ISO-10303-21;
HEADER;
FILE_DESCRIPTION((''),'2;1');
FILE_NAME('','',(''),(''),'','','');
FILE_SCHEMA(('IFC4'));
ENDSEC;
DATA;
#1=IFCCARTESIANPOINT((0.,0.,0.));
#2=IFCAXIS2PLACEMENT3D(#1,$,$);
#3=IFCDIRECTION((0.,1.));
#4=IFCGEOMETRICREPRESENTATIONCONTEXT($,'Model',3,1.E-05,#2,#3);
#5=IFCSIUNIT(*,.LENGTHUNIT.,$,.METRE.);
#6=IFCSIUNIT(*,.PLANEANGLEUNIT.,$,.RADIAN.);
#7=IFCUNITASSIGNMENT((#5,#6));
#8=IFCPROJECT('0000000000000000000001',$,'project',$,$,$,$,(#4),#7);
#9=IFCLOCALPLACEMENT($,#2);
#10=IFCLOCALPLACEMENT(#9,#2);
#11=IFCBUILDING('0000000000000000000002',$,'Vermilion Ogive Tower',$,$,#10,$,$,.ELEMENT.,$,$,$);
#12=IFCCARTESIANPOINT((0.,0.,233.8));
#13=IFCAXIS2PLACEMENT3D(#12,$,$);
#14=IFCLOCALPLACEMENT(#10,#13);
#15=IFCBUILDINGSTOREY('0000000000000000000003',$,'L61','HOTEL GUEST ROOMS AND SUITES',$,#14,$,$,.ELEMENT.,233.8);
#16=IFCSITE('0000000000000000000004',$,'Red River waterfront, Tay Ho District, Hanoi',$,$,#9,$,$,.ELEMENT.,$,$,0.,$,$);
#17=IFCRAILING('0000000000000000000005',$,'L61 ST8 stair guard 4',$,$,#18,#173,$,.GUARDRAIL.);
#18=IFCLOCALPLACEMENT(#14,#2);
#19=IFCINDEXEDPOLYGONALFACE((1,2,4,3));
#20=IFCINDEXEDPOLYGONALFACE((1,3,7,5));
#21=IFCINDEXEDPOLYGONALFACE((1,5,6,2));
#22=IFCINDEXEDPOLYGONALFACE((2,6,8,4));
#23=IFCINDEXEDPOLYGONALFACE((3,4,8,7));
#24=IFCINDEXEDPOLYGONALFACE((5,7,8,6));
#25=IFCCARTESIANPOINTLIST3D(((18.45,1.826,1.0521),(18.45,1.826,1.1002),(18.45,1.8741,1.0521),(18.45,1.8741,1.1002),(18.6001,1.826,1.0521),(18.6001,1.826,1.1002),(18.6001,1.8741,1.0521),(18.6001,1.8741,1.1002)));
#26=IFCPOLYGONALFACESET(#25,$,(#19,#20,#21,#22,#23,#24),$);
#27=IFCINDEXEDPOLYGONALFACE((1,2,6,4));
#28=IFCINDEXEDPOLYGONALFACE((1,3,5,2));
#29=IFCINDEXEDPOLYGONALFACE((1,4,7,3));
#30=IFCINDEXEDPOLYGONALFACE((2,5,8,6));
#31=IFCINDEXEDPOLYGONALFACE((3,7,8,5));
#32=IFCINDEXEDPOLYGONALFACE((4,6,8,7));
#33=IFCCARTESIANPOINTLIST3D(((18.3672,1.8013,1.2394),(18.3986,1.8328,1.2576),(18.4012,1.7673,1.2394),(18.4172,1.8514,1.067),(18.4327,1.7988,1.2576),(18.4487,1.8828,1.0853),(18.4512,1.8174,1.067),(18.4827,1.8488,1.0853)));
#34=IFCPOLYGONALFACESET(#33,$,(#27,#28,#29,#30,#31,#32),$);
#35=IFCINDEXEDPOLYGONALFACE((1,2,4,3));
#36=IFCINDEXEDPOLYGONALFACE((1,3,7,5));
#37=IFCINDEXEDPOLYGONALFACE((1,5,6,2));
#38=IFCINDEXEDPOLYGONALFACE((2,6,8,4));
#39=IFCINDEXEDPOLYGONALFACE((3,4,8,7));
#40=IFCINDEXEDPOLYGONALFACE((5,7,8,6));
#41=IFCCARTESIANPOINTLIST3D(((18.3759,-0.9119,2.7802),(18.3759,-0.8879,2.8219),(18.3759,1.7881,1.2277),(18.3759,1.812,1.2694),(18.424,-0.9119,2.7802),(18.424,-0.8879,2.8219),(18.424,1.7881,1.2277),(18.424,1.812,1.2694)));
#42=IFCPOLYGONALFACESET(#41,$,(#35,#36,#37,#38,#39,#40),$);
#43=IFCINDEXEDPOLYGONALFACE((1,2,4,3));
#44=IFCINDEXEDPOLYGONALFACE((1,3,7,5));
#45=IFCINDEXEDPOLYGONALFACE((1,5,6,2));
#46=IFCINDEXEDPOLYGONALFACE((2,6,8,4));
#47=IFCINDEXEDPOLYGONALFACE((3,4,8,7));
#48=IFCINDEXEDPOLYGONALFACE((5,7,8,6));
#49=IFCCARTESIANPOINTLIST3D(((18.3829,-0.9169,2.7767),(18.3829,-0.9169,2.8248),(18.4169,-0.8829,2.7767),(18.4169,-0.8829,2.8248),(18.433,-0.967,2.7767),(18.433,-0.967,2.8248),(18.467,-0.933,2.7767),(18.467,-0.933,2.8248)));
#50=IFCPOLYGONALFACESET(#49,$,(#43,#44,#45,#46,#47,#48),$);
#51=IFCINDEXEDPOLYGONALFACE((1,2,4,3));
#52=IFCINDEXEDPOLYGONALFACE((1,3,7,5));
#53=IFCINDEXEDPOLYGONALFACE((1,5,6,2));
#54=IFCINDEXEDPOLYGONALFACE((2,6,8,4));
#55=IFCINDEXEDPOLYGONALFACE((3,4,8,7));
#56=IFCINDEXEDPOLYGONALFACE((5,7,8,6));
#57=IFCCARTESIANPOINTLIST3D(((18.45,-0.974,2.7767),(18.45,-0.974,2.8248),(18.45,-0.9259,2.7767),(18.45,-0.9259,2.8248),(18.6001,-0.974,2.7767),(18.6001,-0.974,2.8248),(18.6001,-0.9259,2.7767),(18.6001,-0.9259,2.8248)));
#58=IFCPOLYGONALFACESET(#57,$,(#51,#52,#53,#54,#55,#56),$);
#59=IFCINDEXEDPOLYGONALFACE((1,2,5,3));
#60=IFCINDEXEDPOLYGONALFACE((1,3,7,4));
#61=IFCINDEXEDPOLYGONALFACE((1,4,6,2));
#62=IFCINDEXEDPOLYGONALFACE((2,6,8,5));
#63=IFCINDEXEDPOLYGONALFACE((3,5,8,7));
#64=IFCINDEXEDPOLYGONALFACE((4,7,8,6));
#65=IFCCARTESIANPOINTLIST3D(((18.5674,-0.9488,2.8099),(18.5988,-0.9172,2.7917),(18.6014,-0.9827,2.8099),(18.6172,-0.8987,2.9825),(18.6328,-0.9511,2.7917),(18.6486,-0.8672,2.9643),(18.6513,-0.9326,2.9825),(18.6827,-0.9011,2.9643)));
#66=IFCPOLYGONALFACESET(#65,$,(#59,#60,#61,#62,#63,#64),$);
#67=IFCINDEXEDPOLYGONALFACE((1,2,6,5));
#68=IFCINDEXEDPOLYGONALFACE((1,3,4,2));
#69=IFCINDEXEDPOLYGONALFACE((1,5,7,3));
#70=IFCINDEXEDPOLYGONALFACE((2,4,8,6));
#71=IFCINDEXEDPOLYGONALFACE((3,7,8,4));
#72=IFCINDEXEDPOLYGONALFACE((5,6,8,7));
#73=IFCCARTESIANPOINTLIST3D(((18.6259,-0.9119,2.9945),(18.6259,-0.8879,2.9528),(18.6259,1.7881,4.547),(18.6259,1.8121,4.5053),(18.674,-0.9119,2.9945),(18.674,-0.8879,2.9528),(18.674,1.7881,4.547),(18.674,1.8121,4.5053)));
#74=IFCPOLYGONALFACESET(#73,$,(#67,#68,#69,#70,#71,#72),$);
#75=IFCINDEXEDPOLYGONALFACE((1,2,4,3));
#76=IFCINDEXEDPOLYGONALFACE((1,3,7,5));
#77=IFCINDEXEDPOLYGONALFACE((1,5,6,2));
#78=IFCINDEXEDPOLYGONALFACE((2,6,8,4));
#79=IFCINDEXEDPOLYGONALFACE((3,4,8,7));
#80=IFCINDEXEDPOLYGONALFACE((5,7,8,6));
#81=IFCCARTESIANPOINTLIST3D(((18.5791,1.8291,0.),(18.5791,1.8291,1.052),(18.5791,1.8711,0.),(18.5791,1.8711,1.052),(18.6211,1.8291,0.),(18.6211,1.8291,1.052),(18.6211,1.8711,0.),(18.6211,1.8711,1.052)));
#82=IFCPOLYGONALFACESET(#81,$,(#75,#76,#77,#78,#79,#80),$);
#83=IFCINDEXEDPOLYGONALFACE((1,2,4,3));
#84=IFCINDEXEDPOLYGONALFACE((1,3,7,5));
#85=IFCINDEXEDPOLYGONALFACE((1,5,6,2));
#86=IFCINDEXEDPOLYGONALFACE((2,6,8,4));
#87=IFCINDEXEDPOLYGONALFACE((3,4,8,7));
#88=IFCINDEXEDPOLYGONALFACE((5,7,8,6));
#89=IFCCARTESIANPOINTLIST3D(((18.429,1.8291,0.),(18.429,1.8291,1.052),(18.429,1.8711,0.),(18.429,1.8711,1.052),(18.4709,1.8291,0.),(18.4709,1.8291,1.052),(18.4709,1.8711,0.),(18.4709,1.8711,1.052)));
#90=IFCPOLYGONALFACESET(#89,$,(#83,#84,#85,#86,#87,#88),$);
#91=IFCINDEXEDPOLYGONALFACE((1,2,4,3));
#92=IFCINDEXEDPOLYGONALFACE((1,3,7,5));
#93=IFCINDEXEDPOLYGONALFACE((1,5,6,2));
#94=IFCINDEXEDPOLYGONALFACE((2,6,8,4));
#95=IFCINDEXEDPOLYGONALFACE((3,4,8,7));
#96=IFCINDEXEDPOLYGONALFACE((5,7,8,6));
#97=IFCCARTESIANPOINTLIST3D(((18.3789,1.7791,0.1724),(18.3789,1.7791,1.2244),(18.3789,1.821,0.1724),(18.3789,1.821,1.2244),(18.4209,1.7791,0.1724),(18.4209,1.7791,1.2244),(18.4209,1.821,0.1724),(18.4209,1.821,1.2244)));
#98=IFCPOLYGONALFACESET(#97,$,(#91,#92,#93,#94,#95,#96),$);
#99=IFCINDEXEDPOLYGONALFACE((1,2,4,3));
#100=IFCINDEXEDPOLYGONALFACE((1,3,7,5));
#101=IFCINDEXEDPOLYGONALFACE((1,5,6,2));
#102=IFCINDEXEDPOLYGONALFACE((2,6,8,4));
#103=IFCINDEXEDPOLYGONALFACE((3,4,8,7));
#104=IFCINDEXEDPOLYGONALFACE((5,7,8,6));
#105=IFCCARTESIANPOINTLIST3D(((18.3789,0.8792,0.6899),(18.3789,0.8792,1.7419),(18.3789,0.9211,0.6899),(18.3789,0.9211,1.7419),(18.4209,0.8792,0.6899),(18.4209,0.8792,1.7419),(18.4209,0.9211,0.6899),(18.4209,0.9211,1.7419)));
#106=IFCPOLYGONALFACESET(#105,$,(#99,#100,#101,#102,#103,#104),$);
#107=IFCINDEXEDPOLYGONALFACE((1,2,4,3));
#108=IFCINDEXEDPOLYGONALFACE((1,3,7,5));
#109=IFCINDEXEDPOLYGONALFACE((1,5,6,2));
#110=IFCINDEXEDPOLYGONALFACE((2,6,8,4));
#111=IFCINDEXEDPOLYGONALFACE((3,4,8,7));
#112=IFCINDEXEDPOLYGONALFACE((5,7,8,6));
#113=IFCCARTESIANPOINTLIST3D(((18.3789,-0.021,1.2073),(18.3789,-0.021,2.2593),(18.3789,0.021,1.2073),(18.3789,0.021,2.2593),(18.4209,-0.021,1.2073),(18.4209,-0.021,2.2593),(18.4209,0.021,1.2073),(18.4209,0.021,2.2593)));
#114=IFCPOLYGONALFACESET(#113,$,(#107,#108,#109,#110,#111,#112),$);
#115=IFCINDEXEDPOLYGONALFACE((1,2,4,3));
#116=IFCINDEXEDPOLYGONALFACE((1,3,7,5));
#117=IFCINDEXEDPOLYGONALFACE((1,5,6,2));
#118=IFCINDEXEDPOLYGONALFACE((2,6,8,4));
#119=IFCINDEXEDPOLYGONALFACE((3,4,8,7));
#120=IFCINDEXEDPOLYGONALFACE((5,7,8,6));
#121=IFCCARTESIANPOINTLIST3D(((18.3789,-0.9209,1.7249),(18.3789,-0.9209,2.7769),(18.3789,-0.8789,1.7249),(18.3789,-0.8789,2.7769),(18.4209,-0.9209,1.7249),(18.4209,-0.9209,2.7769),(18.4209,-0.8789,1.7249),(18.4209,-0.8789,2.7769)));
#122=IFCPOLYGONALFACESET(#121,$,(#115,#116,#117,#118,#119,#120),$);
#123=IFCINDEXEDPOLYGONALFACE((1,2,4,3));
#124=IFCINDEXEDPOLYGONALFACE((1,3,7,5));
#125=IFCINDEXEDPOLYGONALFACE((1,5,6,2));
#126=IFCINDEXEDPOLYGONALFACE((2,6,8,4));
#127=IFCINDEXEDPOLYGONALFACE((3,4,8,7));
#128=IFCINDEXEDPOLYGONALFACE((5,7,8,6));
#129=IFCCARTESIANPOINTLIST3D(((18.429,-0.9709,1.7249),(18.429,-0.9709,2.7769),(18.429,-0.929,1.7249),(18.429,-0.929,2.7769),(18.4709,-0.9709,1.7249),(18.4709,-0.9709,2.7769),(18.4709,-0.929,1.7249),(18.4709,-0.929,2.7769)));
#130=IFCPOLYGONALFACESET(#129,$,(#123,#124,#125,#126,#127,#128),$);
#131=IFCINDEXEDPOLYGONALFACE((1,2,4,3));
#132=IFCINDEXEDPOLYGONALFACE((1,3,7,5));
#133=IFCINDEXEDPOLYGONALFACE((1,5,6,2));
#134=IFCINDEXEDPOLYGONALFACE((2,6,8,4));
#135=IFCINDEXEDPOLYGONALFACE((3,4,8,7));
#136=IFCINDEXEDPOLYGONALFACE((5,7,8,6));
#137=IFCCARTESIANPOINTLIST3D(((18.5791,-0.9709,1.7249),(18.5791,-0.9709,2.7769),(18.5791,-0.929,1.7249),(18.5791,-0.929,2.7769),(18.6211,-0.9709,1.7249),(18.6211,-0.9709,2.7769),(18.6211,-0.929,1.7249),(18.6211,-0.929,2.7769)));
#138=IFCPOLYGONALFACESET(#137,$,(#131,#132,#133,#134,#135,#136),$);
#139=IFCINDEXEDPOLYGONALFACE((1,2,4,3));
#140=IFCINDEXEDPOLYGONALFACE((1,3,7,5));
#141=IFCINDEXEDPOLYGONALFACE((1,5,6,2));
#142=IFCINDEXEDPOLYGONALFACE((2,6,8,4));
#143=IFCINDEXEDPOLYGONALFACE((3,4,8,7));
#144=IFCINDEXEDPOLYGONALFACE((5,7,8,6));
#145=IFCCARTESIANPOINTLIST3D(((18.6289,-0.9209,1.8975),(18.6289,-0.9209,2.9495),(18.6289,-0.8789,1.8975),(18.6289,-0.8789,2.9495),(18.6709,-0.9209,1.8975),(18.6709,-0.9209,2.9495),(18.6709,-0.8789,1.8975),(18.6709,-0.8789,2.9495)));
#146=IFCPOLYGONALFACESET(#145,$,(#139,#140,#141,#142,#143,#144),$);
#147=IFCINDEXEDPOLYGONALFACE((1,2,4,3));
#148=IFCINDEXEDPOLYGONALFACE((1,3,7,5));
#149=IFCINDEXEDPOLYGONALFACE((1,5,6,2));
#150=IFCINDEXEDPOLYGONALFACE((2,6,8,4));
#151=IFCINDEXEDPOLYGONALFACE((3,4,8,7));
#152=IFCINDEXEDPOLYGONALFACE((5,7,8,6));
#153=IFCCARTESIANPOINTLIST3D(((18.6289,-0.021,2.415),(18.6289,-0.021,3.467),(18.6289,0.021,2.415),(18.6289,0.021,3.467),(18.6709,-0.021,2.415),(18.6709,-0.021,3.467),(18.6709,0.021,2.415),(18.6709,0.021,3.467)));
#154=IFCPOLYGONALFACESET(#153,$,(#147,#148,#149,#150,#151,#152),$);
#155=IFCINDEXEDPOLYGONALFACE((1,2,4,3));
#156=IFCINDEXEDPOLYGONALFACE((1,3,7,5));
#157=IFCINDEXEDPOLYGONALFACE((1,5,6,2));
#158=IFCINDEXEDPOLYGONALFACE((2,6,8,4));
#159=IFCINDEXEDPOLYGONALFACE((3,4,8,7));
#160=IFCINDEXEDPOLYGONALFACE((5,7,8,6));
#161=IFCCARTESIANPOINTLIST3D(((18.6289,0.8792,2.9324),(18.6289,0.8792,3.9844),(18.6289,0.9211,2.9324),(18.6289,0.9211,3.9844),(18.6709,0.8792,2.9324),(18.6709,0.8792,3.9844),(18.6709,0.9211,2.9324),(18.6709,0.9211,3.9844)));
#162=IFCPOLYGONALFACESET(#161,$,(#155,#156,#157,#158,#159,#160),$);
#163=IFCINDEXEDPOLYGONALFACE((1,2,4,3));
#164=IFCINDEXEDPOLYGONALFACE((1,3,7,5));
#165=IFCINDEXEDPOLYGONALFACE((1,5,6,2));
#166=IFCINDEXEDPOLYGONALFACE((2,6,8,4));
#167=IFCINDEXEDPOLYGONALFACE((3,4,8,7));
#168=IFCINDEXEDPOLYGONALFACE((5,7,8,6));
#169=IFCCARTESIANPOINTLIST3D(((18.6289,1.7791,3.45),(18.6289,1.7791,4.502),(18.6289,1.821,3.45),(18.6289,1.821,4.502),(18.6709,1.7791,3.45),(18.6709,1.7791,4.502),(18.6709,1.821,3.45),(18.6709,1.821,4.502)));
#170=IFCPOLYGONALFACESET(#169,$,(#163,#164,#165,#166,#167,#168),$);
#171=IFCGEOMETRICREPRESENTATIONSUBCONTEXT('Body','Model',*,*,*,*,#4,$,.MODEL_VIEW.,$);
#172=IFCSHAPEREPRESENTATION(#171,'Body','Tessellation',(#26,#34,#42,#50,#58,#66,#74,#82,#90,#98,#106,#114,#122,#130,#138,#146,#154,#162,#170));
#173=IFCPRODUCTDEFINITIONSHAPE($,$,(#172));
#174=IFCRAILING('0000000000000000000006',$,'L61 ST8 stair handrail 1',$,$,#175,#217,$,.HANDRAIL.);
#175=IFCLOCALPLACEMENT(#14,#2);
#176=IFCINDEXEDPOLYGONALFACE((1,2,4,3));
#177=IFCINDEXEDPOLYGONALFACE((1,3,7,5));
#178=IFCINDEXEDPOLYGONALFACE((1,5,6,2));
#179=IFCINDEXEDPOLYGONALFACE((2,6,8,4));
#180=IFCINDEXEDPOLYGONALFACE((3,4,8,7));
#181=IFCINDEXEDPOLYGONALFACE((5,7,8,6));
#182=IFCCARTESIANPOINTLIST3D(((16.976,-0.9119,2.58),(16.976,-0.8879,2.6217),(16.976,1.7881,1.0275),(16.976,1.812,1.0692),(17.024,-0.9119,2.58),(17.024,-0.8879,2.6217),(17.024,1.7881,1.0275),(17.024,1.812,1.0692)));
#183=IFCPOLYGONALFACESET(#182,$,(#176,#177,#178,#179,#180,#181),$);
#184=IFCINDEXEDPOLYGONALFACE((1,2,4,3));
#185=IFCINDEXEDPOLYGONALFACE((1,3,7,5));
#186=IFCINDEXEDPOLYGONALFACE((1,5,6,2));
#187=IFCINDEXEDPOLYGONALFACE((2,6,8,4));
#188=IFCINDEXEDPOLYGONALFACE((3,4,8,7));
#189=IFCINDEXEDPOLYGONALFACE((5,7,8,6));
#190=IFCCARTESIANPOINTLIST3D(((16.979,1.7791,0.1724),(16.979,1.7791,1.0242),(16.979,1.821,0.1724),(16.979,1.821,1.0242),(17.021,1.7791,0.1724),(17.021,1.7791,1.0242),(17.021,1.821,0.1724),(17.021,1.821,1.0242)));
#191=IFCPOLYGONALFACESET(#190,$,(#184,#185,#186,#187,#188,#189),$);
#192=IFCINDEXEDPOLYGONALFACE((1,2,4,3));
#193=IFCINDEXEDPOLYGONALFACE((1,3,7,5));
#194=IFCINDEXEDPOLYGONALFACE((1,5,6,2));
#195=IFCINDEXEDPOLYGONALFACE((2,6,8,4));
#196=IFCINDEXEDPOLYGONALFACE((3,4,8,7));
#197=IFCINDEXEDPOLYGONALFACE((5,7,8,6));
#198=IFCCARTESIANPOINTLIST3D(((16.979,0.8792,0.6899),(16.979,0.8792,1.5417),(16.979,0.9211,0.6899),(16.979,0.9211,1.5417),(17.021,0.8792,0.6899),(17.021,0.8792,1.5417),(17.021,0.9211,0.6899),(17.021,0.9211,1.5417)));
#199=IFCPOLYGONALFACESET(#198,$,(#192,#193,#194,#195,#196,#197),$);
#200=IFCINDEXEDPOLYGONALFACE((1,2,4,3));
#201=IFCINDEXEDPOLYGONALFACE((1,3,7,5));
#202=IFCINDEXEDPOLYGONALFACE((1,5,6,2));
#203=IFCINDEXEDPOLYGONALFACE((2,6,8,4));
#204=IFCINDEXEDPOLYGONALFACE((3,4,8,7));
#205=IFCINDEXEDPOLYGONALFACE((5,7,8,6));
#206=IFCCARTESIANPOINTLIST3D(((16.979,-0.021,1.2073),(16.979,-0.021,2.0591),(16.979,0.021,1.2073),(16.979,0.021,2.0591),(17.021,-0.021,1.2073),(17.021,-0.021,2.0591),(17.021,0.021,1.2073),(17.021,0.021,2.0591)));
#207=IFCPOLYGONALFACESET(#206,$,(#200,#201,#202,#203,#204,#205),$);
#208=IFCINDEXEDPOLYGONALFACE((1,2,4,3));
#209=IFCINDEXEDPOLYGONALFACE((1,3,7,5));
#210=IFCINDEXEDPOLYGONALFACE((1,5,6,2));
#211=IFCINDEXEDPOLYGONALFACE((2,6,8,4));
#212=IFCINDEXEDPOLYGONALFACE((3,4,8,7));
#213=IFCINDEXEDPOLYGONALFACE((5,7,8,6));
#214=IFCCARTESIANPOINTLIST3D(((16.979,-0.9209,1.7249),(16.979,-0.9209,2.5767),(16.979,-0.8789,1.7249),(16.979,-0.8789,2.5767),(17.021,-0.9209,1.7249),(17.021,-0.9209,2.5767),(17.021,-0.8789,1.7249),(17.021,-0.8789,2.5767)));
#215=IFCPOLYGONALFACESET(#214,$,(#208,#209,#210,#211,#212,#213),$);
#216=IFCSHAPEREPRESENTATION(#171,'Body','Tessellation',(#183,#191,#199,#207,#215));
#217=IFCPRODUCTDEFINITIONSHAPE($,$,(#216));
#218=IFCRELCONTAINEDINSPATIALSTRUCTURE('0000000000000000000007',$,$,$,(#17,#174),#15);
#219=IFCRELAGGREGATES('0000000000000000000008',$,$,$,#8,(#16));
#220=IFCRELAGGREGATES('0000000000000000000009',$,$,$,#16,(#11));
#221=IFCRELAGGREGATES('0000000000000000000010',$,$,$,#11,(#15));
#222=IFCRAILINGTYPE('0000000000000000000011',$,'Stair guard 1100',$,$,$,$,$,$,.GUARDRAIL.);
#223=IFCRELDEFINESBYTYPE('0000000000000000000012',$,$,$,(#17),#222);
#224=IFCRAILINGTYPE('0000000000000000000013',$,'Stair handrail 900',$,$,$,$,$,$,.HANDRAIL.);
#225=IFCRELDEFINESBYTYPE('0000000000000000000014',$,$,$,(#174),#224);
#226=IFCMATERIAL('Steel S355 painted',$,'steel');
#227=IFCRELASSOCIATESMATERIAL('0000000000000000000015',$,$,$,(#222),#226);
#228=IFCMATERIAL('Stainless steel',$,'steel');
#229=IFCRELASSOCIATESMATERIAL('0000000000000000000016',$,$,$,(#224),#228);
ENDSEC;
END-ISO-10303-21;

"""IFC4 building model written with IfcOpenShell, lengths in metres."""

from ifc_helpers import new_model, si_unit, direction, frame, origin, origin_2d, place, context, subcontext, project, spatial, rectangle, extrude, material, type_object, element, save


model = new_model("IFC4")

# Units and contexts
model_context = context("Model", 3, precision=1e-05, world=origin(), true_north=direction((0.0, 1.0)))
body_context = subcontext(model_context, "Body", "Model", "MODEL_VIEW")
ifc_project = project(units=[si_unit("LENGTHUNIT", "METRE"), si_unit("PLANEANGLEUNIT", "RADIAN")], contexts=[model_context])

# Site, building, storey
site_placement = place(None, origin())
site = spatial("IfcSite", under=ifc_project, at=site_placement, Name="Red River waterfront, Tay Ho District, Hanoi", CompositionType="ELEMENT", RefElevation=0.0)
building_placement = place(site_placement, origin())
building = spatial("IfcBuilding", under=site, at=building_placement, Name="Vermilion Ogive Tower", CompositionType="ELEMENT")
storey_placement = place(building_placement, frame((0.0, 0.0, 233.8)))
storey = spatial("IfcBuildingStorey", under=building, at=storey_placement, Name="L61", Description="HOTEL GUEST ROOMS AND SUITES", CompositionType="ELEMENT", Elevation=233.8)

# Railings
ifc_material_1 = material(Name="Steel S355 painted", Category="steel")
railing_type_1 = type_object("IfcRailingType", Name="Stair guard 1100", PredefinedType="GUARDRAIL", material=ifc_material_1)
railing_1_placement = place(storey_placement, frame((18.6001, 1.8501, 0.0)))
element("IfcRailing", 1, at=railing_1_placement, inside=storey, type_object=railing_type_1, Name="L61 ST8 stair guard 4", PredefinedType="GUARDRAIL", context=body_context, shape_type="SweptSolid", body=[
    extrude(rectangle(XDim=0.0481, YDim=0.0481, at=origin_2d()), frame((0.0, 0.0, 1.0762), z_axis=(-1.0, 0.0, 0.0), x_axis=(0.0, -1.0, 0.0)), (0.0, 0.0, 1.0), 0.1501),
    extrude(rectangle(XDim=0.0481, YDim=0.0481, at=origin_2d()), frame((-0.1501, 0.0, 1.0762), z_axis=(-0.268603, -0.268603, 0.925043), x_axis=(0.707107, -0.707107, 0.0)), (0.0, 0.0, 1.0), 0.1863),
    extrude(rectangle(XDim=0.0481, YDim=0.0481, at=origin_2d()), frame((-0.2002, -0.05, 1.2485), z_axis=(0.0, -0.866904, 0.498476), x_axis=(1.0, 0.0, 0.0)), (0.0, 0.0, 1.0), 3.1145),
    extrude(rectangle(XDim=0.0481, YDim=0.0481, at=origin_2d()), frame((-0.2002, -2.75, 2.8008), z_axis=(0.707107, -0.707107, 0.0), x_axis=(0.707107, 0.707107, 0.0)), (0.0, 0.0, 1.0), 0.0708),
    extrude(rectangle(XDim=0.0481, YDim=0.0481, at=origin_2d()), frame((-0.1501, -2.8, 2.8008), z_axis=(1.0, 0.0, 0.0), x_axis=(0.0, 1.0, 0.0)), (0.0, 0.0, 1.0), 0.1501),
    extrude(rectangle(XDim=0.0481, YDim=0.0481, at=origin_2d()), frame((0.0, -2.8, 2.8008), z_axis=(0.267063, 0.268372, 0.925556), x_axis=(-0.708834, 0.705376, 0.0)), (0.0, 0.0, 1.0), 0.1865),
    extrude(rectangle(XDim=0.0481, YDim=0.0481, at=origin_2d()), frame((0.0498, -2.75, 2.9736), z_axis=(0.0, 0.866904, 0.498476), x_axis=(-1.0, 0.0, 0.0)), (0.0, 0.0, 1.0), 3.1145),
    extrude(rectangle(XDim=0.042, YDim=0.042, at=origin_2d()), origin(), (0.0, 0.0, 1.0), 1.052),
    extrude(rectangle(XDim=0.042, YDim=0.042, at=origin_2d()), frame((-0.1501, 0.0, 0.0)), (0.0, 0.0, 1.0), 1.052),
    extrude(rectangle(XDim=0.042, YDim=0.042, at=origin_2d()), frame((-0.2002, -0.05, 0.1724)), (0.0, 0.0, 1.0), 1.052),
    extrude(rectangle(XDim=0.042, YDim=0.042, at=origin_2d()), frame((-0.2002, -0.95, 0.6899)), (0.0, 0.0, 1.0), 1.052),
    extrude(rectangle(XDim=0.042, YDim=0.042, at=origin_2d()), frame((-0.2002, -1.8501, 1.2073)), (0.0, 0.0, 1.0), 1.052),
    extrude(rectangle(XDim=0.042, YDim=0.042, at=origin_2d()), frame((-0.2002, -2.75, 1.7249)), (0.0, 0.0, 1.0), 1.052),
    extrude(rectangle(XDim=0.042, YDim=0.042, at=origin_2d()), frame((-0.1501, -2.8, 1.7249)), (0.0, 0.0, 1.0), 1.052),
    extrude(rectangle(XDim=0.042, YDim=0.042, at=origin_2d()), frame((0.0, -2.8, 1.7249)), (0.0, 0.0, 1.0), 1.052),
    extrude(rectangle(XDim=0.042, YDim=0.042, at=origin_2d()), frame((0.0498, -2.75, 1.8975)), (0.0, 0.0, 1.0), 1.052),
    extrude(rectangle(XDim=0.042, YDim=0.042, at=origin_2d()), frame((0.0498, -1.8501, 2.415)), (0.0, 0.0, 1.0), 1.052),
    extrude(rectangle(XDim=0.042, YDim=0.042, at=origin_2d()), frame((0.0498, -0.95, 2.9324)), (0.0, 0.0, 1.0), 1.052),
    extrude(rectangle(XDim=0.042, YDim=0.042, at=origin_2d()), frame((0.0498, -0.05, 3.45)), (0.0, 0.0, 1.0), 1.052),
])
ifc_material_2 = material(Name="Stainless steel", Category="steel")
railing_type_2 = type_object("IfcRailingType", Name="Stair handrail 900", PredefinedType="HANDRAIL", material=ifc_material_2)
railing_2_placement = place(storey_placement, frame((17.0, 1.8, 0.1724)))
element("IfcRailing", 2, at=railing_2_placement, inside=storey, type_object=railing_type_2, Name="L61 ST8 stair handrail 1", PredefinedType="HANDRAIL", context=body_context, shape_type="SweptSolid", body=[
    extrude(rectangle(XDim=0.0481, YDim=0.0481, at=origin_2d()), frame((0.0, 0.0, 0.876), z_axis=(0.0, -0.866904, 0.498476), x_axis=(1.0, 0.0, 0.0)), (0.0, 0.0, 1.0), 3.1145),
    extrude(rectangle(XDim=0.042, YDim=0.042, at=origin_2d()), origin(), (0.0, 0.0, 1.0), 0.8518),
    extrude(rectangle(XDim=0.042, YDim=0.042, at=origin_2d()), frame((0.0, -0.8999, 0.5176)), (0.0, 0.0, 1.0), 0.8518),
    extrude(rectangle(XDim=0.042, YDim=0.042, at=origin_2d()), frame((0.0, -1.8, 1.0349)), (0.0, 0.0, 1.0), 0.8518),
    extrude(rectangle(XDim=0.042, YDim=0.042, at=origin_2d()), frame((0.0, -2.7, 1.5525)), (0.0, 0.0, 1.0), 0.8518),
])

save(model, "model.ifc")
